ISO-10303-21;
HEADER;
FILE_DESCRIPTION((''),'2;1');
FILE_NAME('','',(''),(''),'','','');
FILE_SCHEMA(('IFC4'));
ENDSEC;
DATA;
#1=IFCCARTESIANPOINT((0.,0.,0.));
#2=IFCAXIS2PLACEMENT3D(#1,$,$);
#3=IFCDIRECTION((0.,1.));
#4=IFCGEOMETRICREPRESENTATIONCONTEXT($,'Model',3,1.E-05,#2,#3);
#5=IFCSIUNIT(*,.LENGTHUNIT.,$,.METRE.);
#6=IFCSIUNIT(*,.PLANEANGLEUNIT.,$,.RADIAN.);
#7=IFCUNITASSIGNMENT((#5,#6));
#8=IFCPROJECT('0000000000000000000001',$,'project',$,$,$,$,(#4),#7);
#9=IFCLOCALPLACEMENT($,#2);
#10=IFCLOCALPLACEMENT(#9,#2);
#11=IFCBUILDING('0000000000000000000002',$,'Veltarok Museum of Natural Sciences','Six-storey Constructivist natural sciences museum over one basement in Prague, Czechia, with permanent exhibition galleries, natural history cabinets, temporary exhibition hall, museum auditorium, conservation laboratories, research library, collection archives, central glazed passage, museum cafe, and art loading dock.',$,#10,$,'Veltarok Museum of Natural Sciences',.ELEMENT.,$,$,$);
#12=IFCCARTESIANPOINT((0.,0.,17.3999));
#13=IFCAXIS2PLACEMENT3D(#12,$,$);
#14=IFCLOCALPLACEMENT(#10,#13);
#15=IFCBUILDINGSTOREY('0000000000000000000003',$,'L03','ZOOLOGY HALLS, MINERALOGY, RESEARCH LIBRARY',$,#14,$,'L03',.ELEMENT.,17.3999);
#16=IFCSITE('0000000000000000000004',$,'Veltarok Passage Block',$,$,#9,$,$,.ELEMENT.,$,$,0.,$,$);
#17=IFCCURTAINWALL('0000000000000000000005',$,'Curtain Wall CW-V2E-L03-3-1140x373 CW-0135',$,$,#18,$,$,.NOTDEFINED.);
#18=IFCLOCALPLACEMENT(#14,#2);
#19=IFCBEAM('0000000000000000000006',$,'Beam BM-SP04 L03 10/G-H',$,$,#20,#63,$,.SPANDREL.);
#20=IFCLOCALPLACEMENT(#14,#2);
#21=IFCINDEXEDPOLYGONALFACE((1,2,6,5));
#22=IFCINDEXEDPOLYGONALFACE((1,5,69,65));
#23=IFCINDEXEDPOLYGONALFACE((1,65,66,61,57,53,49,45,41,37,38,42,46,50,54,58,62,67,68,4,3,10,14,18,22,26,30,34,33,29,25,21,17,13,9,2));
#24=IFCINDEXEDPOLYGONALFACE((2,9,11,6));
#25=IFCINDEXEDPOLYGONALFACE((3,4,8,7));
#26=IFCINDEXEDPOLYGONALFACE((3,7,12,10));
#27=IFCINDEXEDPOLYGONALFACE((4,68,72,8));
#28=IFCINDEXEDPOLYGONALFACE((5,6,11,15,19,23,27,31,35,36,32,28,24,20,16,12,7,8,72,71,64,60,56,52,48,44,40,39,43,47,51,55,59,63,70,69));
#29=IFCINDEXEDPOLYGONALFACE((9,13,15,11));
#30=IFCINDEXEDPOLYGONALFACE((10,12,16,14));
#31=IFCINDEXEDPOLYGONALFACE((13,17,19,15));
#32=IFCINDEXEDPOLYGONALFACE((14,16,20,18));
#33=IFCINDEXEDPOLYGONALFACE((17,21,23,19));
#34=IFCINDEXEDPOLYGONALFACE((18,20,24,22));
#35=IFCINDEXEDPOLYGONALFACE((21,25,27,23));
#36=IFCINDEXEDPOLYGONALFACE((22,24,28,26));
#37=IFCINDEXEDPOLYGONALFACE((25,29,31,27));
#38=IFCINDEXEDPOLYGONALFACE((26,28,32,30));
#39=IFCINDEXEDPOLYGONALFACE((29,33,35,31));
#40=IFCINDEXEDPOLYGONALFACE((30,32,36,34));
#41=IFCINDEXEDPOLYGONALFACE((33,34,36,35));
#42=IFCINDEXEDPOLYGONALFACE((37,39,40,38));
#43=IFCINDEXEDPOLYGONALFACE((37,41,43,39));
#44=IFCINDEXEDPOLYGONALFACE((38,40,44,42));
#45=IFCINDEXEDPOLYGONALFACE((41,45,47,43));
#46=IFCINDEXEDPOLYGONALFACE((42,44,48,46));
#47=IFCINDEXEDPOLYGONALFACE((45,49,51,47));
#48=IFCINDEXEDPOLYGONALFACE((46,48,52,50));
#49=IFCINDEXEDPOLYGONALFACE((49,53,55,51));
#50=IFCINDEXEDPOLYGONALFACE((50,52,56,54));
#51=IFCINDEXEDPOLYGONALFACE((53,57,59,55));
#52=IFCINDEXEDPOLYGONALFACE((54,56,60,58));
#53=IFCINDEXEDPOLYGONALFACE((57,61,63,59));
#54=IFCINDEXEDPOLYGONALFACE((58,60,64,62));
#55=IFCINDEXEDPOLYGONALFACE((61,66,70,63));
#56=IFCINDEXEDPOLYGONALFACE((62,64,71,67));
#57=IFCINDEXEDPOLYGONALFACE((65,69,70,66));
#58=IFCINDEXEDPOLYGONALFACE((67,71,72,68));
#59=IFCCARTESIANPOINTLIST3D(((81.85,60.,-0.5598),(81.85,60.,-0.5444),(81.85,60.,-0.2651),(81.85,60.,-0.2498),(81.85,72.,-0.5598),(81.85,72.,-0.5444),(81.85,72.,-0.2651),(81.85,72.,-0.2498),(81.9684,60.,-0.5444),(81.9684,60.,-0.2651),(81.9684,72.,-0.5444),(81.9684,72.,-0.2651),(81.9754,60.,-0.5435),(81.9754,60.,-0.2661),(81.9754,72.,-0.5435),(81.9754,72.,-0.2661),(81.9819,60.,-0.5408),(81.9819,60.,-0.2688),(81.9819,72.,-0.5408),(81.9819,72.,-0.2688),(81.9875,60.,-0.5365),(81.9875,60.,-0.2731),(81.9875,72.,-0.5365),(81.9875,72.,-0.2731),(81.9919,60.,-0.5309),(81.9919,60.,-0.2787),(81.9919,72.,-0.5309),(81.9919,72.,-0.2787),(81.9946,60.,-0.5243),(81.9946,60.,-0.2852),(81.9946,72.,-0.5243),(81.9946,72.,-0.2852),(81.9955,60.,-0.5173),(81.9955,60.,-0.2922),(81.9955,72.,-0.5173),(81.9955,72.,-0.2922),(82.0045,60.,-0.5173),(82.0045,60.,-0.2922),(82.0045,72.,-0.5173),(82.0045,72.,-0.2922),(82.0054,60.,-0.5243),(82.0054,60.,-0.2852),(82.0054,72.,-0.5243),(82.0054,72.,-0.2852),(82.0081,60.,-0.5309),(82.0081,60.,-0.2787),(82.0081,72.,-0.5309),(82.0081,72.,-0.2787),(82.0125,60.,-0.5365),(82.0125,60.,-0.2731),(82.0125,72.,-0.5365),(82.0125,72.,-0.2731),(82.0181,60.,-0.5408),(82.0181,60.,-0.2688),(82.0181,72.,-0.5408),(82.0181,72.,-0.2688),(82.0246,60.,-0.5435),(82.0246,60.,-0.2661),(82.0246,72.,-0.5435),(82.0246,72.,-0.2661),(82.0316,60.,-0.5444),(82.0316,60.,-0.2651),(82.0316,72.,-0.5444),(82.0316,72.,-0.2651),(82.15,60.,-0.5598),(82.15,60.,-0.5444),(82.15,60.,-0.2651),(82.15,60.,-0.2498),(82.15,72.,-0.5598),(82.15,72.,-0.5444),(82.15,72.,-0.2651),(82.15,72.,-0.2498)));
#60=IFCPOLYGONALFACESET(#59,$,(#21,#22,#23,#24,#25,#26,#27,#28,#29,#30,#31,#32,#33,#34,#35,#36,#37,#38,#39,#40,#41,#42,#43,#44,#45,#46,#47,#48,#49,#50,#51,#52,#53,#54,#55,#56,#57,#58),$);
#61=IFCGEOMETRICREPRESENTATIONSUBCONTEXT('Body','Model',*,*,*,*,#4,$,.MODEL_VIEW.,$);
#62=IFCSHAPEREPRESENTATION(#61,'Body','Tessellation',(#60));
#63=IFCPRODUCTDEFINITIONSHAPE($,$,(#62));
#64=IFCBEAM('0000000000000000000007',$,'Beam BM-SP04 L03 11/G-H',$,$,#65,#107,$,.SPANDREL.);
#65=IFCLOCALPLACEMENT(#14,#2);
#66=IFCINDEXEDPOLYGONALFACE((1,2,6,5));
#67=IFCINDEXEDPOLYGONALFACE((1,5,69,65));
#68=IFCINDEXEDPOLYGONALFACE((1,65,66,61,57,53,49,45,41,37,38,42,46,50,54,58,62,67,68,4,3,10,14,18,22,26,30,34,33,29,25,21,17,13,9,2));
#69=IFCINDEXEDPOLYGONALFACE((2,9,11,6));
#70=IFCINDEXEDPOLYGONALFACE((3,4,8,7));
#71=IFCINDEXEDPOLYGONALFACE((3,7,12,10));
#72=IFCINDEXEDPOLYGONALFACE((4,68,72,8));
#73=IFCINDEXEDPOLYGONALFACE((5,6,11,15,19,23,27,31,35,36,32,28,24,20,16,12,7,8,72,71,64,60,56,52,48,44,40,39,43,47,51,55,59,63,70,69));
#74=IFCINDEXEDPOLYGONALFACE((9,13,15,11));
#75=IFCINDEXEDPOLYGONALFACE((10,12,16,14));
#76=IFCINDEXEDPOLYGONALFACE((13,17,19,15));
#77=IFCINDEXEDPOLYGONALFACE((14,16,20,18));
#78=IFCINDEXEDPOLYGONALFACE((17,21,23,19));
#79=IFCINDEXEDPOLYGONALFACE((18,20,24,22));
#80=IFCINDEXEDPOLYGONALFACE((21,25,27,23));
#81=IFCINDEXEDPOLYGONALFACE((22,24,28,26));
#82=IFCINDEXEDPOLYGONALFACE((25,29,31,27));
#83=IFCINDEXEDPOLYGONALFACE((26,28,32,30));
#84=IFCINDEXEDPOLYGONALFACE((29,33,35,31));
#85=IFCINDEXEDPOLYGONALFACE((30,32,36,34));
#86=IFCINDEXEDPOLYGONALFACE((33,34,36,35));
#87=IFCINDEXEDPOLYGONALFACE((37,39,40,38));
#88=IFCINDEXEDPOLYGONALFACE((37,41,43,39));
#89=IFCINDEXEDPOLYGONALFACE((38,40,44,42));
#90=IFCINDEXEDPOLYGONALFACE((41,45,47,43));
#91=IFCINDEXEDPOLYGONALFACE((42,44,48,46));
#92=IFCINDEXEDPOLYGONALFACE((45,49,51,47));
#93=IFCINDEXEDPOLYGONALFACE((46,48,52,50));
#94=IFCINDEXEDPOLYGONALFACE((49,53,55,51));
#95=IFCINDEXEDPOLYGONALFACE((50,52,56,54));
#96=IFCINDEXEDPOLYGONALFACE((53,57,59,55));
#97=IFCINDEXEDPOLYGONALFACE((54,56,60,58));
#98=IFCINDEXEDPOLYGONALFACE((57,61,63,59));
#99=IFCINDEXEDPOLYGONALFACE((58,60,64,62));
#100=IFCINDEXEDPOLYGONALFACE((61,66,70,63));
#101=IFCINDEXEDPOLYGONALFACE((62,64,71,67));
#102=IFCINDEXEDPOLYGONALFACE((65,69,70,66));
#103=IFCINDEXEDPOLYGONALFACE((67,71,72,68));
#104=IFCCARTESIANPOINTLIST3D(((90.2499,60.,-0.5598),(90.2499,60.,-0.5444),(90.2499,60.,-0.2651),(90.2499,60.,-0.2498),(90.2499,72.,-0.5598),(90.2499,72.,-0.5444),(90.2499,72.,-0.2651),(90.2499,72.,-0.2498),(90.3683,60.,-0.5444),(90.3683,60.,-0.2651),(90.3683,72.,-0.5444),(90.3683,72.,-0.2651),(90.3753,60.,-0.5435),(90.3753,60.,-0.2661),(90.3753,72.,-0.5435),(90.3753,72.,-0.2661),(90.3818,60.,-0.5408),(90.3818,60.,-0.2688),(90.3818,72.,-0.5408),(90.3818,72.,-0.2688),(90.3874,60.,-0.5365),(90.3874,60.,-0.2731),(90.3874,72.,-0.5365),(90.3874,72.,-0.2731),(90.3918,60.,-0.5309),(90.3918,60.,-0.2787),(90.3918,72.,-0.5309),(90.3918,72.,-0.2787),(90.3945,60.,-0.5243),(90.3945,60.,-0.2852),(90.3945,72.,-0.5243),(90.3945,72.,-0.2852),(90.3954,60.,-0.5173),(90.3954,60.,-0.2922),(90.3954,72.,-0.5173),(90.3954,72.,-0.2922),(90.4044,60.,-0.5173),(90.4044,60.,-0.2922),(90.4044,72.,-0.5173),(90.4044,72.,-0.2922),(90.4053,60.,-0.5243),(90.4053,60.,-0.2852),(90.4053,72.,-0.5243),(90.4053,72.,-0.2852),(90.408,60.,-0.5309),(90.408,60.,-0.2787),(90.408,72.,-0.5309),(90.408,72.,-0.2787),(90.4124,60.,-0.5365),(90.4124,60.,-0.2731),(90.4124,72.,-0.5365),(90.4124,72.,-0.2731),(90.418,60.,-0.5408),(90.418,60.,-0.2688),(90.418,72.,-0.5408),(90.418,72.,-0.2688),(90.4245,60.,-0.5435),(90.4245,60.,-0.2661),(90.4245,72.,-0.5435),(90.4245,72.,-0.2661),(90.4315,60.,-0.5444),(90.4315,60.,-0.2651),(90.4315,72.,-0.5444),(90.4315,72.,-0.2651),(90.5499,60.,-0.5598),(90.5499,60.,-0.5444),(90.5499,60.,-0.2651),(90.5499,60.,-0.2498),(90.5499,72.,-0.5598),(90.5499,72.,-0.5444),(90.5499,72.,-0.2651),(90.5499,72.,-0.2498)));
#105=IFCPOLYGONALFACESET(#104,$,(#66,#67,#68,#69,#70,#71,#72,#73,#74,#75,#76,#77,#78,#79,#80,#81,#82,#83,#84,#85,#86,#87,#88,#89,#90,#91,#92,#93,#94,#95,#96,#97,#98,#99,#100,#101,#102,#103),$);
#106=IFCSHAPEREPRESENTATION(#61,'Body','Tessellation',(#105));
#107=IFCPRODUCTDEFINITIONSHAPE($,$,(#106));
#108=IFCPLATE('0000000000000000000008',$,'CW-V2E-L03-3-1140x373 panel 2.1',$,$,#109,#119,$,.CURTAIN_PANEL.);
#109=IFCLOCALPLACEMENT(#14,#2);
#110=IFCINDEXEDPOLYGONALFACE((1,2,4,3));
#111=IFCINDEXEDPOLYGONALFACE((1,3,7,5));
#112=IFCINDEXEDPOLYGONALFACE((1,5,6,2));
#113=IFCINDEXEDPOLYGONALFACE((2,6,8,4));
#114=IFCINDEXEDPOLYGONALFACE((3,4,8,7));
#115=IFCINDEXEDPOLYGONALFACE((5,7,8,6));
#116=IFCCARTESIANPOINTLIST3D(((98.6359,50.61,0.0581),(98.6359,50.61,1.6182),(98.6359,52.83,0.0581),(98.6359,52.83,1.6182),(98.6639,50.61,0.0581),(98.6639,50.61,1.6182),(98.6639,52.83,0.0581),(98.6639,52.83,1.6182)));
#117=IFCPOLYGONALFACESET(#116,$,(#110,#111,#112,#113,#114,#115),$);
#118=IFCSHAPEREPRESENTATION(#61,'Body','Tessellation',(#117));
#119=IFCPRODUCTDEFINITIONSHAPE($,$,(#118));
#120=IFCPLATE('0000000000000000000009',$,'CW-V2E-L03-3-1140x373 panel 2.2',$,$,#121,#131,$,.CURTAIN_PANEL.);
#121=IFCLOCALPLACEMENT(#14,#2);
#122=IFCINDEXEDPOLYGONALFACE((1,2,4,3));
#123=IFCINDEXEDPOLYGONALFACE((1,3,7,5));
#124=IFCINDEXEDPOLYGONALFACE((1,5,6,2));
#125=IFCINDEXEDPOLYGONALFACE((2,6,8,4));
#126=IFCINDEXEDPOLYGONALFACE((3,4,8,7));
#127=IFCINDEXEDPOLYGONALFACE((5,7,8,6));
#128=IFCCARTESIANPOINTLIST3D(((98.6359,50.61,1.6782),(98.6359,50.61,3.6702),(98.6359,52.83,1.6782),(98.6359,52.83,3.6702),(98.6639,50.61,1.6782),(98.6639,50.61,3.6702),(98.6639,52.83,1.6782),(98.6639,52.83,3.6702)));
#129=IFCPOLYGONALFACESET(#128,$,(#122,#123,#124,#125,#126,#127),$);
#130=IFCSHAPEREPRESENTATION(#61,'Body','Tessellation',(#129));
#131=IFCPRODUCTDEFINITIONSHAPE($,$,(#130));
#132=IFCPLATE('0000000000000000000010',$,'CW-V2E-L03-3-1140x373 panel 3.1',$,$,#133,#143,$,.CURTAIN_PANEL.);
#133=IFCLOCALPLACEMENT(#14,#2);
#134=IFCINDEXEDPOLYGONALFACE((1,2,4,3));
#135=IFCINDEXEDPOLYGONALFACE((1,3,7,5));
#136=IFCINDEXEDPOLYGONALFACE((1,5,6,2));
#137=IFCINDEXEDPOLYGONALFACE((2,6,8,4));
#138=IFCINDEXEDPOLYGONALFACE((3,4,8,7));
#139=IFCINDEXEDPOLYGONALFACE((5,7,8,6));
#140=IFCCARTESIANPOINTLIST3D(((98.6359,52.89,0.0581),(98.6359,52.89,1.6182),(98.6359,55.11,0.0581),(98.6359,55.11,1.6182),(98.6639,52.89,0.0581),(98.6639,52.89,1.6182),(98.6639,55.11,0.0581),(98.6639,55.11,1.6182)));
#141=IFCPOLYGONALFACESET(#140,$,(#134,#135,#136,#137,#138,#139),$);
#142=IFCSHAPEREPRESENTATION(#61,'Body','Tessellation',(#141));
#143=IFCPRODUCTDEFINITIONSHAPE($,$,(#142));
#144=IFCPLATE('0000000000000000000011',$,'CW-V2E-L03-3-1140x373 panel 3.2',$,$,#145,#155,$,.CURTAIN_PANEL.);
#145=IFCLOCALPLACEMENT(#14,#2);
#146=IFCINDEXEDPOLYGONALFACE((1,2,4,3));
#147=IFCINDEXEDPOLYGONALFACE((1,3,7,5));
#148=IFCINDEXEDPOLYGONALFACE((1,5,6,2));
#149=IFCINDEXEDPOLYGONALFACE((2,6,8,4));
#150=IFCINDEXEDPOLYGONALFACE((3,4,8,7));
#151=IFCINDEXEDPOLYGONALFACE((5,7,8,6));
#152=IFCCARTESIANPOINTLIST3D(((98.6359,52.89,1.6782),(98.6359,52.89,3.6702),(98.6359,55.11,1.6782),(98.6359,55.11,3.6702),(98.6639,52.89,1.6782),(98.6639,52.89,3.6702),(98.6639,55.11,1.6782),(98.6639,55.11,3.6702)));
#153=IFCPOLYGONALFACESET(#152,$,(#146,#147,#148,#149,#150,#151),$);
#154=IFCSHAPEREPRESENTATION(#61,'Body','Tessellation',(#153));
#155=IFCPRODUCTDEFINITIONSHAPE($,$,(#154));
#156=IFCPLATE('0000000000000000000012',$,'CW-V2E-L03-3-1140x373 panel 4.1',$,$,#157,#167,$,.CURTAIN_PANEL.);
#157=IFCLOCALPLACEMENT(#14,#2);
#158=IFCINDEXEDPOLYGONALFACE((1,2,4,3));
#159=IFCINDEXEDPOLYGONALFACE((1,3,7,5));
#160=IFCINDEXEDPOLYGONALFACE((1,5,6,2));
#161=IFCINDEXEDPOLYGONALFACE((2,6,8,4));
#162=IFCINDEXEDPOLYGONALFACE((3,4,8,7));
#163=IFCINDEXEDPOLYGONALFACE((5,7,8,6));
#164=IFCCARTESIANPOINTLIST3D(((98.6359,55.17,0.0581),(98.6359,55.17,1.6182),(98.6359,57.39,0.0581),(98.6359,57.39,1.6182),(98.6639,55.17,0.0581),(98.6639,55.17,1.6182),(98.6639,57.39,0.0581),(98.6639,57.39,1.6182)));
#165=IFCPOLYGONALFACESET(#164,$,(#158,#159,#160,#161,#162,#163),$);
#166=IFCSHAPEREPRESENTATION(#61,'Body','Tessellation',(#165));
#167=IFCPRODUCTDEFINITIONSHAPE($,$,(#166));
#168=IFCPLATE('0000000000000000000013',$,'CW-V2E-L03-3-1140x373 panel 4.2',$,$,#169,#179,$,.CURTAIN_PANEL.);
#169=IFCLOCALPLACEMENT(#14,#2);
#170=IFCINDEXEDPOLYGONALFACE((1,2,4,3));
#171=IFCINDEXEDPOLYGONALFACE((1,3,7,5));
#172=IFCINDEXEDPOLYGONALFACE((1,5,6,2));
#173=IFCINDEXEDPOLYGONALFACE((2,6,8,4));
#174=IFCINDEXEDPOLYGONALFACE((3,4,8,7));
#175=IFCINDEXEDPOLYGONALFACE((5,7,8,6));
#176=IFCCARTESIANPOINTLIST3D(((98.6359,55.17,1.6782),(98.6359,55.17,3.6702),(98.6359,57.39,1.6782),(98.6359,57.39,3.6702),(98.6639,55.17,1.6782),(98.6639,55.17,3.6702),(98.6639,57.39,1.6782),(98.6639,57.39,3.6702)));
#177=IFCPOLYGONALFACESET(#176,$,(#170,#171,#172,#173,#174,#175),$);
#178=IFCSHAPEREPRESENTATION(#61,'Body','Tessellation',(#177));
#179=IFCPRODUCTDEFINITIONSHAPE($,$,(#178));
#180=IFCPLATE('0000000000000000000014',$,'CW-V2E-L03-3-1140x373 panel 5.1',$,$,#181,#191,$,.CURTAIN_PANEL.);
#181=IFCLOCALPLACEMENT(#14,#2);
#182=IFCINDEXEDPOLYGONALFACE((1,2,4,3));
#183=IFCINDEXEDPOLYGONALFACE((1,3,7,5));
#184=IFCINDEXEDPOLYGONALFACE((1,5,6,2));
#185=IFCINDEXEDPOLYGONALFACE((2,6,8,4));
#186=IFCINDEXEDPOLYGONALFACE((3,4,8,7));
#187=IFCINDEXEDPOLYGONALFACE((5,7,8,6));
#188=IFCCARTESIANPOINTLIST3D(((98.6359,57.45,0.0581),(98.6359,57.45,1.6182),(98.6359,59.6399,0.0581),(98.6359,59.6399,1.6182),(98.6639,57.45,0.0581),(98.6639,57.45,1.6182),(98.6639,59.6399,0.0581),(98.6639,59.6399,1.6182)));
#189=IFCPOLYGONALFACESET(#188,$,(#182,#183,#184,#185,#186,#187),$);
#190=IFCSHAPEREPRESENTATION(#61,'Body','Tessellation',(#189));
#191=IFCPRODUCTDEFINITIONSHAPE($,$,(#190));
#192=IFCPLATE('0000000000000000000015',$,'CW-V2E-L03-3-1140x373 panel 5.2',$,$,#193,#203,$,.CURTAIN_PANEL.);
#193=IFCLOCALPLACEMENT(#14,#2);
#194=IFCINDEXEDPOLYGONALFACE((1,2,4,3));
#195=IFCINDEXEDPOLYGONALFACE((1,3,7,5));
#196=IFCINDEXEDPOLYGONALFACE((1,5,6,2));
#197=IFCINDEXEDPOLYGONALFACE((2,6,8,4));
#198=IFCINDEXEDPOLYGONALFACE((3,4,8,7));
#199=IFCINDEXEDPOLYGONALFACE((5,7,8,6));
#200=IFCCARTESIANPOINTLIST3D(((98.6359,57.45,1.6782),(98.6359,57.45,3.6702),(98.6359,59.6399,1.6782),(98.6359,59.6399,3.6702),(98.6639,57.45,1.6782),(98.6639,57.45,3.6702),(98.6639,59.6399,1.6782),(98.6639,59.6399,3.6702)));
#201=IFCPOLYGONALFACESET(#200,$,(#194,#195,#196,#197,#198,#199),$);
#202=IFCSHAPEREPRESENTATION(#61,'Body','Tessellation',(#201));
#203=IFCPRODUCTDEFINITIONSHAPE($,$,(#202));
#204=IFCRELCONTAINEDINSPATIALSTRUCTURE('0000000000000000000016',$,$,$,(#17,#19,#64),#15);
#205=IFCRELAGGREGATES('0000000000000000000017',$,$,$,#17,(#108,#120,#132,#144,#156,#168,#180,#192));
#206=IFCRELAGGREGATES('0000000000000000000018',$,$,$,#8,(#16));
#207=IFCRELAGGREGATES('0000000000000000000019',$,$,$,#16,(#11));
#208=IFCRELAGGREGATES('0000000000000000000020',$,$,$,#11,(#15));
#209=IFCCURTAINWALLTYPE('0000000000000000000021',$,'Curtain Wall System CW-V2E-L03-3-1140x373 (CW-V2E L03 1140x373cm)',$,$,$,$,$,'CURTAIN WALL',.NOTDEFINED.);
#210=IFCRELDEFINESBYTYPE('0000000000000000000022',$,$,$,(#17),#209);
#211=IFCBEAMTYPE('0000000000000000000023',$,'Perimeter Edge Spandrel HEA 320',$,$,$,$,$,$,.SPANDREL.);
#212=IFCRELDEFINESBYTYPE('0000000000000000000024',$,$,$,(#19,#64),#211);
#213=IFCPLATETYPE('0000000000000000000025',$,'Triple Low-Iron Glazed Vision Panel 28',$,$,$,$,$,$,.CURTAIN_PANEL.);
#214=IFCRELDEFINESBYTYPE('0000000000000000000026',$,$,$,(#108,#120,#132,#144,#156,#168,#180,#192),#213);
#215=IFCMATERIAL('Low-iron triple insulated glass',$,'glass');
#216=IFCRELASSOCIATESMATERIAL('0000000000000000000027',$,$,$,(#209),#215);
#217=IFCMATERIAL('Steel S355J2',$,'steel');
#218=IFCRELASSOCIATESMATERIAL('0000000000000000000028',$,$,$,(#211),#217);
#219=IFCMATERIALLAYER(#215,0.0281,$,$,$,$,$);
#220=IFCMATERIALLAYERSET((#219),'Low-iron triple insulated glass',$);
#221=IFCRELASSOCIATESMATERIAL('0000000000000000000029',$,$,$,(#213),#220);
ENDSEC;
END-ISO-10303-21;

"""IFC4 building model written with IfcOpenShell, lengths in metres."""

from ifc_helpers import new_model, si_unit, direction, frame, origin, origin_2d, place, context, subcontext, project, spatial, rectangle, i_section, extrude, material, layer, layer_set, material_profile, profile_set, type_object, element, aggregate, save


model = new_model("IFC4")

# Units and contexts
model_context = context("Model", 3, precision=1e-05, world=origin(), true_north=direction((0.0, 1.0)))
body_context = subcontext(model_context, "Body", "Model", "MODEL_VIEW")
ifc_project = project(units=[si_unit("LENGTHUNIT", "METRE"), si_unit("PLANEANGLEUNIT", "RADIAN")], contexts=[model_context])

# Site, building, storey
site_placement = place(None, origin())
site = spatial("IfcSite", under=ifc_project, at=site_placement, Name="Veltarok Passage Block", CompositionType="ELEMENT", RefElevation=0.0)
building_placement = place(site_placement, origin())
building = spatial("IfcBuilding", under=site, at=building_placement, Name="Veltarok Museum of Natural Sciences", Description="Six-storey Constructivist natural sciences museum over one basement in Prague, Czechia, with permanent exhibition galleries, natural history cabinets, temporary exhibition hall, museum auditorium, conservation laboratories, research library, collection archives, central glazed passage, museum cafe, and art loading dock.", LongName="Veltarok Museum of Natural Sciences", CompositionType="ELEMENT")
storey_placement = place(building_placement, frame((0.0, 0.0, 17.3999)))
storey = spatial("IfcBuildingStorey", under=building, at=storey_placement, Name="L03", Description="ZOOLOGY HALLS, MINERALOGY, RESEARCH LIBRARY", LongName="L03", CompositionType="ELEMENT", Elevation=17.3999)

# Shared definitions
ifc_material_1 = material(Name="Steel S355J2", Category="steel")

# Curtain wall
ifc_material_2 = material(Name="Low-iron triple insulated glass", Category="glass")
curtain_wall_type_1 = type_object("IfcCurtainWallType", Name="Curtain Wall System CW-V2E-L03-3-1140x373 (CW-V2E L03 1140x373cm)", ElementType="CURTAIN WALL", PredefinedType="NOTDEFINED", material=ifc_material_2)
curtain_wall_1_placement = place(storey_placement, origin())
curtain_wall_1 = element("IfcCurtainWall", 1, at=curtain_wall_1_placement, inside=storey, type_object=curtain_wall_type_1, Name="Curtain Wall CW-V2E-L03-3-1140x373 CW-0135", PredefinedType="NOTDEFINED")

# Beams
ifc_material_profile_1 = material_profile(ifc_material_1, i_section(OverallWidth=0.3, OverallDepth=0.3101, WebThickness=0.009, FlangeThickness=0.0154, FilletRadius=0.0271, at=origin_2d()), Name="HEA 320")
ifc_profile_set_1 = profile_set([ifc_material_profile_1], Name="Steel S355J2")
beam_type_1 = type_object("IfcBeamType", Name="Perimeter Edge Spandrel HEA 320", PredefinedType="SPANDREL", material=ifc_profile_set_1)
for number, where, z_axis, x_axis, name in (
    (2, (82.0, 60.0, -0.4048), (0.0, 1.0, 0.0), (-1.0, 0.0, 0.0), "Beam BM-SP04 L03 10/G-H"),
    (3, (90.3999, 60.0, -0.4048), (0.0, 1.0, 0.0), (-1.0, 0.0, 0.0), "Beam BM-SP04 L03 11/G-H"),
):
    element("IfcBeam", number, at=place(storey_placement, frame(where, z_axis=z_axis, x_axis=x_axis)), inside=storey, type_object=beam_type_1, Name=name, PredefinedType="SPANDREL", context=body_context, shape_type="SweptSolid", body=[
        extrude(i_section(OverallWidth=0.3, OverallDepth=0.3101, WebThickness=0.009, FlangeThickness=0.0154, FilletRadius=0.0271, at=origin_2d()), origin(), (0.0, 0.0, 1.0), 12.0),
    ])

# Plates
ifc_layer = layer(ifc_material_2, 0.0281)
ifc_layer_set = layer_set([ifc_layer], Name="Low-iron triple insulated glass")
plate_type = type_object("IfcPlateType", Name="Triple Low-Iron Glazed Vision Panel 28", PredefinedType="CURTAIN_PANEL", material=ifc_layer_set)
plate_1_placement = place(storey_placement, frame((98.6499, 51.72, 0.0581), z_axis=(0.0, 0.0, 1.0), x_axis=(0.0, 1.0, 0.0)))
plate_1 = element("IfcPlate", 4, at=plate_1_placement, type_object=plate_type, Name="CW-V2E-L03-3-1140x373 panel 2.1", PredefinedType="CURTAIN_PANEL", context=body_context, shape_type="SweptSolid", body=[
    extrude(rectangle(XDim=2.22, YDim=0.0281, at=origin_2d()), origin(), (0.0, 0.0, 1.0), 1.5601),
])
plate_2_placement = place(storey_placement, frame((98.6499, 51.72, 1.6782), z_axis=(0.0, 0.0, 1.0), x_axis=(0.0, 1.0, 0.0)))
plate_2 = element("IfcPlate", 5, at=plate_2_placement, type_object=plate_type, Name="CW-V2E-L03-3-1140x373 panel 2.2", PredefinedType="CURTAIN_PANEL", context=body_context, shape_type="SweptSolid", body=[
    extrude(rectangle(XDim=2.22, YDim=0.0281, at=origin_2d()), origin(), (0.0, 0.0, 1.0), 1.9919),
])
plate_3_placement = place(storey_placement, frame((98.6499, 54.0, 0.0581), z_axis=(0.0, 0.0, 1.0), x_axis=(0.0, 1.0, 0.0)))
plate_3 = element("IfcPlate", 6, at=plate_3_placement, type_object=plate_type, Name="CW-V2E-L03-3-1140x373 panel 3.1", PredefinedType="CURTAIN_PANEL", context=body_context, shape_type="SweptSolid", body=[
    extrude(rectangle(XDim=2.22, YDim=0.0281, at=origin_2d()), origin(), (0.0, 0.0, 1.0), 1.5601),
])
plate_4_placement = place(storey_placement, frame((98.6499, 54.0, 1.6782), z_axis=(0.0, 0.0, 1.0), x_axis=(0.0, 1.0, 0.0)))
plate_4 = element("IfcPlate", 7, at=plate_4_placement, type_object=plate_type, Name="CW-V2E-L03-3-1140x373 panel 3.2", PredefinedType="CURTAIN_PANEL", context=body_context, shape_type="SweptSolid", body=[
    extrude(rectangle(XDim=2.22, YDim=0.0281, at=origin_2d()), origin(), (0.0, 0.0, 1.0), 1.9919),
])
plate_5_placement = place(storey_placement, frame((98.6499, 56.28, 0.0581), z_axis=(0.0, 0.0, 1.0), x_axis=(0.0, 1.0, 0.0)))
plate_5 = element("IfcPlate", 8, at=plate_5_placement, type_object=plate_type, Name="CW-V2E-L03-3-1140x373 panel 4.1", PredefinedType="CURTAIN_PANEL", context=body_context, shape_type="SweptSolid", body=[
    extrude(rectangle(XDim=2.22, YDim=0.0281, at=origin_2d()), origin(), (0.0, 0.0, 1.0), 1.5601),
])
plate_6_placement = place(storey_placement, frame((98.6499, 56.28, 1.6782), z_axis=(0.0, 0.0, 1.0), x_axis=(0.0, 1.0, 0.0)))
plate_6 = element("IfcPlate", 9, at=plate_6_placement, type_object=plate_type, Name="CW-V2E-L03-3-1140x373 panel 4.2", PredefinedType="CURTAIN_PANEL", context=body_context, shape_type="SweptSolid", body=[
    extrude(rectangle(XDim=2.22, YDim=0.0281, at=origin_2d()), origin(), (0.0, 0.0, 1.0), 1.9919),
])
plate_7_placement = place(storey_placement, frame((98.6499, 58.5449, 0.0581), z_axis=(0.0, 0.0, 1.0), x_axis=(0.0, 1.0, 0.0)))
plate_7 = element("IfcPlate", 10, at=plate_7_placement, type_object=plate_type, Name="CW-V2E-L03-3-1140x373 panel 5.1", PredefinedType="CURTAIN_PANEL", context=body_context, shape_type="SweptSolid", body=[
    extrude(rectangle(XDim=2.1899, YDim=0.0281, at=origin_2d()), origin(), (0.0, 0.0, 1.0), 1.5601),
])
plate_8_placement = place(storey_placement, frame((98.6499, 58.5449, 1.6782), z_axis=(0.0, 0.0, 1.0), x_axis=(0.0, 1.0, 0.0)))
plate_8 = element("IfcPlate", 11, at=plate_8_placement, type_object=plate_type, Name="CW-V2E-L03-3-1140x373 panel 5.2", PredefinedType="CURTAIN_PANEL", context=body_context, shape_type="SweptSolid", body=[
    extrude(rectangle(XDim=2.1899, YDim=0.0281, at=origin_2d()), origin(), (0.0, 0.0, 1.0), 1.9919),
])
aggregate(curtain_wall_1, [plate_1, plate_2, plate_3, plate_4, plate_5, plate_6, plate_7, plate_8])

save(model, "model.ifc")
